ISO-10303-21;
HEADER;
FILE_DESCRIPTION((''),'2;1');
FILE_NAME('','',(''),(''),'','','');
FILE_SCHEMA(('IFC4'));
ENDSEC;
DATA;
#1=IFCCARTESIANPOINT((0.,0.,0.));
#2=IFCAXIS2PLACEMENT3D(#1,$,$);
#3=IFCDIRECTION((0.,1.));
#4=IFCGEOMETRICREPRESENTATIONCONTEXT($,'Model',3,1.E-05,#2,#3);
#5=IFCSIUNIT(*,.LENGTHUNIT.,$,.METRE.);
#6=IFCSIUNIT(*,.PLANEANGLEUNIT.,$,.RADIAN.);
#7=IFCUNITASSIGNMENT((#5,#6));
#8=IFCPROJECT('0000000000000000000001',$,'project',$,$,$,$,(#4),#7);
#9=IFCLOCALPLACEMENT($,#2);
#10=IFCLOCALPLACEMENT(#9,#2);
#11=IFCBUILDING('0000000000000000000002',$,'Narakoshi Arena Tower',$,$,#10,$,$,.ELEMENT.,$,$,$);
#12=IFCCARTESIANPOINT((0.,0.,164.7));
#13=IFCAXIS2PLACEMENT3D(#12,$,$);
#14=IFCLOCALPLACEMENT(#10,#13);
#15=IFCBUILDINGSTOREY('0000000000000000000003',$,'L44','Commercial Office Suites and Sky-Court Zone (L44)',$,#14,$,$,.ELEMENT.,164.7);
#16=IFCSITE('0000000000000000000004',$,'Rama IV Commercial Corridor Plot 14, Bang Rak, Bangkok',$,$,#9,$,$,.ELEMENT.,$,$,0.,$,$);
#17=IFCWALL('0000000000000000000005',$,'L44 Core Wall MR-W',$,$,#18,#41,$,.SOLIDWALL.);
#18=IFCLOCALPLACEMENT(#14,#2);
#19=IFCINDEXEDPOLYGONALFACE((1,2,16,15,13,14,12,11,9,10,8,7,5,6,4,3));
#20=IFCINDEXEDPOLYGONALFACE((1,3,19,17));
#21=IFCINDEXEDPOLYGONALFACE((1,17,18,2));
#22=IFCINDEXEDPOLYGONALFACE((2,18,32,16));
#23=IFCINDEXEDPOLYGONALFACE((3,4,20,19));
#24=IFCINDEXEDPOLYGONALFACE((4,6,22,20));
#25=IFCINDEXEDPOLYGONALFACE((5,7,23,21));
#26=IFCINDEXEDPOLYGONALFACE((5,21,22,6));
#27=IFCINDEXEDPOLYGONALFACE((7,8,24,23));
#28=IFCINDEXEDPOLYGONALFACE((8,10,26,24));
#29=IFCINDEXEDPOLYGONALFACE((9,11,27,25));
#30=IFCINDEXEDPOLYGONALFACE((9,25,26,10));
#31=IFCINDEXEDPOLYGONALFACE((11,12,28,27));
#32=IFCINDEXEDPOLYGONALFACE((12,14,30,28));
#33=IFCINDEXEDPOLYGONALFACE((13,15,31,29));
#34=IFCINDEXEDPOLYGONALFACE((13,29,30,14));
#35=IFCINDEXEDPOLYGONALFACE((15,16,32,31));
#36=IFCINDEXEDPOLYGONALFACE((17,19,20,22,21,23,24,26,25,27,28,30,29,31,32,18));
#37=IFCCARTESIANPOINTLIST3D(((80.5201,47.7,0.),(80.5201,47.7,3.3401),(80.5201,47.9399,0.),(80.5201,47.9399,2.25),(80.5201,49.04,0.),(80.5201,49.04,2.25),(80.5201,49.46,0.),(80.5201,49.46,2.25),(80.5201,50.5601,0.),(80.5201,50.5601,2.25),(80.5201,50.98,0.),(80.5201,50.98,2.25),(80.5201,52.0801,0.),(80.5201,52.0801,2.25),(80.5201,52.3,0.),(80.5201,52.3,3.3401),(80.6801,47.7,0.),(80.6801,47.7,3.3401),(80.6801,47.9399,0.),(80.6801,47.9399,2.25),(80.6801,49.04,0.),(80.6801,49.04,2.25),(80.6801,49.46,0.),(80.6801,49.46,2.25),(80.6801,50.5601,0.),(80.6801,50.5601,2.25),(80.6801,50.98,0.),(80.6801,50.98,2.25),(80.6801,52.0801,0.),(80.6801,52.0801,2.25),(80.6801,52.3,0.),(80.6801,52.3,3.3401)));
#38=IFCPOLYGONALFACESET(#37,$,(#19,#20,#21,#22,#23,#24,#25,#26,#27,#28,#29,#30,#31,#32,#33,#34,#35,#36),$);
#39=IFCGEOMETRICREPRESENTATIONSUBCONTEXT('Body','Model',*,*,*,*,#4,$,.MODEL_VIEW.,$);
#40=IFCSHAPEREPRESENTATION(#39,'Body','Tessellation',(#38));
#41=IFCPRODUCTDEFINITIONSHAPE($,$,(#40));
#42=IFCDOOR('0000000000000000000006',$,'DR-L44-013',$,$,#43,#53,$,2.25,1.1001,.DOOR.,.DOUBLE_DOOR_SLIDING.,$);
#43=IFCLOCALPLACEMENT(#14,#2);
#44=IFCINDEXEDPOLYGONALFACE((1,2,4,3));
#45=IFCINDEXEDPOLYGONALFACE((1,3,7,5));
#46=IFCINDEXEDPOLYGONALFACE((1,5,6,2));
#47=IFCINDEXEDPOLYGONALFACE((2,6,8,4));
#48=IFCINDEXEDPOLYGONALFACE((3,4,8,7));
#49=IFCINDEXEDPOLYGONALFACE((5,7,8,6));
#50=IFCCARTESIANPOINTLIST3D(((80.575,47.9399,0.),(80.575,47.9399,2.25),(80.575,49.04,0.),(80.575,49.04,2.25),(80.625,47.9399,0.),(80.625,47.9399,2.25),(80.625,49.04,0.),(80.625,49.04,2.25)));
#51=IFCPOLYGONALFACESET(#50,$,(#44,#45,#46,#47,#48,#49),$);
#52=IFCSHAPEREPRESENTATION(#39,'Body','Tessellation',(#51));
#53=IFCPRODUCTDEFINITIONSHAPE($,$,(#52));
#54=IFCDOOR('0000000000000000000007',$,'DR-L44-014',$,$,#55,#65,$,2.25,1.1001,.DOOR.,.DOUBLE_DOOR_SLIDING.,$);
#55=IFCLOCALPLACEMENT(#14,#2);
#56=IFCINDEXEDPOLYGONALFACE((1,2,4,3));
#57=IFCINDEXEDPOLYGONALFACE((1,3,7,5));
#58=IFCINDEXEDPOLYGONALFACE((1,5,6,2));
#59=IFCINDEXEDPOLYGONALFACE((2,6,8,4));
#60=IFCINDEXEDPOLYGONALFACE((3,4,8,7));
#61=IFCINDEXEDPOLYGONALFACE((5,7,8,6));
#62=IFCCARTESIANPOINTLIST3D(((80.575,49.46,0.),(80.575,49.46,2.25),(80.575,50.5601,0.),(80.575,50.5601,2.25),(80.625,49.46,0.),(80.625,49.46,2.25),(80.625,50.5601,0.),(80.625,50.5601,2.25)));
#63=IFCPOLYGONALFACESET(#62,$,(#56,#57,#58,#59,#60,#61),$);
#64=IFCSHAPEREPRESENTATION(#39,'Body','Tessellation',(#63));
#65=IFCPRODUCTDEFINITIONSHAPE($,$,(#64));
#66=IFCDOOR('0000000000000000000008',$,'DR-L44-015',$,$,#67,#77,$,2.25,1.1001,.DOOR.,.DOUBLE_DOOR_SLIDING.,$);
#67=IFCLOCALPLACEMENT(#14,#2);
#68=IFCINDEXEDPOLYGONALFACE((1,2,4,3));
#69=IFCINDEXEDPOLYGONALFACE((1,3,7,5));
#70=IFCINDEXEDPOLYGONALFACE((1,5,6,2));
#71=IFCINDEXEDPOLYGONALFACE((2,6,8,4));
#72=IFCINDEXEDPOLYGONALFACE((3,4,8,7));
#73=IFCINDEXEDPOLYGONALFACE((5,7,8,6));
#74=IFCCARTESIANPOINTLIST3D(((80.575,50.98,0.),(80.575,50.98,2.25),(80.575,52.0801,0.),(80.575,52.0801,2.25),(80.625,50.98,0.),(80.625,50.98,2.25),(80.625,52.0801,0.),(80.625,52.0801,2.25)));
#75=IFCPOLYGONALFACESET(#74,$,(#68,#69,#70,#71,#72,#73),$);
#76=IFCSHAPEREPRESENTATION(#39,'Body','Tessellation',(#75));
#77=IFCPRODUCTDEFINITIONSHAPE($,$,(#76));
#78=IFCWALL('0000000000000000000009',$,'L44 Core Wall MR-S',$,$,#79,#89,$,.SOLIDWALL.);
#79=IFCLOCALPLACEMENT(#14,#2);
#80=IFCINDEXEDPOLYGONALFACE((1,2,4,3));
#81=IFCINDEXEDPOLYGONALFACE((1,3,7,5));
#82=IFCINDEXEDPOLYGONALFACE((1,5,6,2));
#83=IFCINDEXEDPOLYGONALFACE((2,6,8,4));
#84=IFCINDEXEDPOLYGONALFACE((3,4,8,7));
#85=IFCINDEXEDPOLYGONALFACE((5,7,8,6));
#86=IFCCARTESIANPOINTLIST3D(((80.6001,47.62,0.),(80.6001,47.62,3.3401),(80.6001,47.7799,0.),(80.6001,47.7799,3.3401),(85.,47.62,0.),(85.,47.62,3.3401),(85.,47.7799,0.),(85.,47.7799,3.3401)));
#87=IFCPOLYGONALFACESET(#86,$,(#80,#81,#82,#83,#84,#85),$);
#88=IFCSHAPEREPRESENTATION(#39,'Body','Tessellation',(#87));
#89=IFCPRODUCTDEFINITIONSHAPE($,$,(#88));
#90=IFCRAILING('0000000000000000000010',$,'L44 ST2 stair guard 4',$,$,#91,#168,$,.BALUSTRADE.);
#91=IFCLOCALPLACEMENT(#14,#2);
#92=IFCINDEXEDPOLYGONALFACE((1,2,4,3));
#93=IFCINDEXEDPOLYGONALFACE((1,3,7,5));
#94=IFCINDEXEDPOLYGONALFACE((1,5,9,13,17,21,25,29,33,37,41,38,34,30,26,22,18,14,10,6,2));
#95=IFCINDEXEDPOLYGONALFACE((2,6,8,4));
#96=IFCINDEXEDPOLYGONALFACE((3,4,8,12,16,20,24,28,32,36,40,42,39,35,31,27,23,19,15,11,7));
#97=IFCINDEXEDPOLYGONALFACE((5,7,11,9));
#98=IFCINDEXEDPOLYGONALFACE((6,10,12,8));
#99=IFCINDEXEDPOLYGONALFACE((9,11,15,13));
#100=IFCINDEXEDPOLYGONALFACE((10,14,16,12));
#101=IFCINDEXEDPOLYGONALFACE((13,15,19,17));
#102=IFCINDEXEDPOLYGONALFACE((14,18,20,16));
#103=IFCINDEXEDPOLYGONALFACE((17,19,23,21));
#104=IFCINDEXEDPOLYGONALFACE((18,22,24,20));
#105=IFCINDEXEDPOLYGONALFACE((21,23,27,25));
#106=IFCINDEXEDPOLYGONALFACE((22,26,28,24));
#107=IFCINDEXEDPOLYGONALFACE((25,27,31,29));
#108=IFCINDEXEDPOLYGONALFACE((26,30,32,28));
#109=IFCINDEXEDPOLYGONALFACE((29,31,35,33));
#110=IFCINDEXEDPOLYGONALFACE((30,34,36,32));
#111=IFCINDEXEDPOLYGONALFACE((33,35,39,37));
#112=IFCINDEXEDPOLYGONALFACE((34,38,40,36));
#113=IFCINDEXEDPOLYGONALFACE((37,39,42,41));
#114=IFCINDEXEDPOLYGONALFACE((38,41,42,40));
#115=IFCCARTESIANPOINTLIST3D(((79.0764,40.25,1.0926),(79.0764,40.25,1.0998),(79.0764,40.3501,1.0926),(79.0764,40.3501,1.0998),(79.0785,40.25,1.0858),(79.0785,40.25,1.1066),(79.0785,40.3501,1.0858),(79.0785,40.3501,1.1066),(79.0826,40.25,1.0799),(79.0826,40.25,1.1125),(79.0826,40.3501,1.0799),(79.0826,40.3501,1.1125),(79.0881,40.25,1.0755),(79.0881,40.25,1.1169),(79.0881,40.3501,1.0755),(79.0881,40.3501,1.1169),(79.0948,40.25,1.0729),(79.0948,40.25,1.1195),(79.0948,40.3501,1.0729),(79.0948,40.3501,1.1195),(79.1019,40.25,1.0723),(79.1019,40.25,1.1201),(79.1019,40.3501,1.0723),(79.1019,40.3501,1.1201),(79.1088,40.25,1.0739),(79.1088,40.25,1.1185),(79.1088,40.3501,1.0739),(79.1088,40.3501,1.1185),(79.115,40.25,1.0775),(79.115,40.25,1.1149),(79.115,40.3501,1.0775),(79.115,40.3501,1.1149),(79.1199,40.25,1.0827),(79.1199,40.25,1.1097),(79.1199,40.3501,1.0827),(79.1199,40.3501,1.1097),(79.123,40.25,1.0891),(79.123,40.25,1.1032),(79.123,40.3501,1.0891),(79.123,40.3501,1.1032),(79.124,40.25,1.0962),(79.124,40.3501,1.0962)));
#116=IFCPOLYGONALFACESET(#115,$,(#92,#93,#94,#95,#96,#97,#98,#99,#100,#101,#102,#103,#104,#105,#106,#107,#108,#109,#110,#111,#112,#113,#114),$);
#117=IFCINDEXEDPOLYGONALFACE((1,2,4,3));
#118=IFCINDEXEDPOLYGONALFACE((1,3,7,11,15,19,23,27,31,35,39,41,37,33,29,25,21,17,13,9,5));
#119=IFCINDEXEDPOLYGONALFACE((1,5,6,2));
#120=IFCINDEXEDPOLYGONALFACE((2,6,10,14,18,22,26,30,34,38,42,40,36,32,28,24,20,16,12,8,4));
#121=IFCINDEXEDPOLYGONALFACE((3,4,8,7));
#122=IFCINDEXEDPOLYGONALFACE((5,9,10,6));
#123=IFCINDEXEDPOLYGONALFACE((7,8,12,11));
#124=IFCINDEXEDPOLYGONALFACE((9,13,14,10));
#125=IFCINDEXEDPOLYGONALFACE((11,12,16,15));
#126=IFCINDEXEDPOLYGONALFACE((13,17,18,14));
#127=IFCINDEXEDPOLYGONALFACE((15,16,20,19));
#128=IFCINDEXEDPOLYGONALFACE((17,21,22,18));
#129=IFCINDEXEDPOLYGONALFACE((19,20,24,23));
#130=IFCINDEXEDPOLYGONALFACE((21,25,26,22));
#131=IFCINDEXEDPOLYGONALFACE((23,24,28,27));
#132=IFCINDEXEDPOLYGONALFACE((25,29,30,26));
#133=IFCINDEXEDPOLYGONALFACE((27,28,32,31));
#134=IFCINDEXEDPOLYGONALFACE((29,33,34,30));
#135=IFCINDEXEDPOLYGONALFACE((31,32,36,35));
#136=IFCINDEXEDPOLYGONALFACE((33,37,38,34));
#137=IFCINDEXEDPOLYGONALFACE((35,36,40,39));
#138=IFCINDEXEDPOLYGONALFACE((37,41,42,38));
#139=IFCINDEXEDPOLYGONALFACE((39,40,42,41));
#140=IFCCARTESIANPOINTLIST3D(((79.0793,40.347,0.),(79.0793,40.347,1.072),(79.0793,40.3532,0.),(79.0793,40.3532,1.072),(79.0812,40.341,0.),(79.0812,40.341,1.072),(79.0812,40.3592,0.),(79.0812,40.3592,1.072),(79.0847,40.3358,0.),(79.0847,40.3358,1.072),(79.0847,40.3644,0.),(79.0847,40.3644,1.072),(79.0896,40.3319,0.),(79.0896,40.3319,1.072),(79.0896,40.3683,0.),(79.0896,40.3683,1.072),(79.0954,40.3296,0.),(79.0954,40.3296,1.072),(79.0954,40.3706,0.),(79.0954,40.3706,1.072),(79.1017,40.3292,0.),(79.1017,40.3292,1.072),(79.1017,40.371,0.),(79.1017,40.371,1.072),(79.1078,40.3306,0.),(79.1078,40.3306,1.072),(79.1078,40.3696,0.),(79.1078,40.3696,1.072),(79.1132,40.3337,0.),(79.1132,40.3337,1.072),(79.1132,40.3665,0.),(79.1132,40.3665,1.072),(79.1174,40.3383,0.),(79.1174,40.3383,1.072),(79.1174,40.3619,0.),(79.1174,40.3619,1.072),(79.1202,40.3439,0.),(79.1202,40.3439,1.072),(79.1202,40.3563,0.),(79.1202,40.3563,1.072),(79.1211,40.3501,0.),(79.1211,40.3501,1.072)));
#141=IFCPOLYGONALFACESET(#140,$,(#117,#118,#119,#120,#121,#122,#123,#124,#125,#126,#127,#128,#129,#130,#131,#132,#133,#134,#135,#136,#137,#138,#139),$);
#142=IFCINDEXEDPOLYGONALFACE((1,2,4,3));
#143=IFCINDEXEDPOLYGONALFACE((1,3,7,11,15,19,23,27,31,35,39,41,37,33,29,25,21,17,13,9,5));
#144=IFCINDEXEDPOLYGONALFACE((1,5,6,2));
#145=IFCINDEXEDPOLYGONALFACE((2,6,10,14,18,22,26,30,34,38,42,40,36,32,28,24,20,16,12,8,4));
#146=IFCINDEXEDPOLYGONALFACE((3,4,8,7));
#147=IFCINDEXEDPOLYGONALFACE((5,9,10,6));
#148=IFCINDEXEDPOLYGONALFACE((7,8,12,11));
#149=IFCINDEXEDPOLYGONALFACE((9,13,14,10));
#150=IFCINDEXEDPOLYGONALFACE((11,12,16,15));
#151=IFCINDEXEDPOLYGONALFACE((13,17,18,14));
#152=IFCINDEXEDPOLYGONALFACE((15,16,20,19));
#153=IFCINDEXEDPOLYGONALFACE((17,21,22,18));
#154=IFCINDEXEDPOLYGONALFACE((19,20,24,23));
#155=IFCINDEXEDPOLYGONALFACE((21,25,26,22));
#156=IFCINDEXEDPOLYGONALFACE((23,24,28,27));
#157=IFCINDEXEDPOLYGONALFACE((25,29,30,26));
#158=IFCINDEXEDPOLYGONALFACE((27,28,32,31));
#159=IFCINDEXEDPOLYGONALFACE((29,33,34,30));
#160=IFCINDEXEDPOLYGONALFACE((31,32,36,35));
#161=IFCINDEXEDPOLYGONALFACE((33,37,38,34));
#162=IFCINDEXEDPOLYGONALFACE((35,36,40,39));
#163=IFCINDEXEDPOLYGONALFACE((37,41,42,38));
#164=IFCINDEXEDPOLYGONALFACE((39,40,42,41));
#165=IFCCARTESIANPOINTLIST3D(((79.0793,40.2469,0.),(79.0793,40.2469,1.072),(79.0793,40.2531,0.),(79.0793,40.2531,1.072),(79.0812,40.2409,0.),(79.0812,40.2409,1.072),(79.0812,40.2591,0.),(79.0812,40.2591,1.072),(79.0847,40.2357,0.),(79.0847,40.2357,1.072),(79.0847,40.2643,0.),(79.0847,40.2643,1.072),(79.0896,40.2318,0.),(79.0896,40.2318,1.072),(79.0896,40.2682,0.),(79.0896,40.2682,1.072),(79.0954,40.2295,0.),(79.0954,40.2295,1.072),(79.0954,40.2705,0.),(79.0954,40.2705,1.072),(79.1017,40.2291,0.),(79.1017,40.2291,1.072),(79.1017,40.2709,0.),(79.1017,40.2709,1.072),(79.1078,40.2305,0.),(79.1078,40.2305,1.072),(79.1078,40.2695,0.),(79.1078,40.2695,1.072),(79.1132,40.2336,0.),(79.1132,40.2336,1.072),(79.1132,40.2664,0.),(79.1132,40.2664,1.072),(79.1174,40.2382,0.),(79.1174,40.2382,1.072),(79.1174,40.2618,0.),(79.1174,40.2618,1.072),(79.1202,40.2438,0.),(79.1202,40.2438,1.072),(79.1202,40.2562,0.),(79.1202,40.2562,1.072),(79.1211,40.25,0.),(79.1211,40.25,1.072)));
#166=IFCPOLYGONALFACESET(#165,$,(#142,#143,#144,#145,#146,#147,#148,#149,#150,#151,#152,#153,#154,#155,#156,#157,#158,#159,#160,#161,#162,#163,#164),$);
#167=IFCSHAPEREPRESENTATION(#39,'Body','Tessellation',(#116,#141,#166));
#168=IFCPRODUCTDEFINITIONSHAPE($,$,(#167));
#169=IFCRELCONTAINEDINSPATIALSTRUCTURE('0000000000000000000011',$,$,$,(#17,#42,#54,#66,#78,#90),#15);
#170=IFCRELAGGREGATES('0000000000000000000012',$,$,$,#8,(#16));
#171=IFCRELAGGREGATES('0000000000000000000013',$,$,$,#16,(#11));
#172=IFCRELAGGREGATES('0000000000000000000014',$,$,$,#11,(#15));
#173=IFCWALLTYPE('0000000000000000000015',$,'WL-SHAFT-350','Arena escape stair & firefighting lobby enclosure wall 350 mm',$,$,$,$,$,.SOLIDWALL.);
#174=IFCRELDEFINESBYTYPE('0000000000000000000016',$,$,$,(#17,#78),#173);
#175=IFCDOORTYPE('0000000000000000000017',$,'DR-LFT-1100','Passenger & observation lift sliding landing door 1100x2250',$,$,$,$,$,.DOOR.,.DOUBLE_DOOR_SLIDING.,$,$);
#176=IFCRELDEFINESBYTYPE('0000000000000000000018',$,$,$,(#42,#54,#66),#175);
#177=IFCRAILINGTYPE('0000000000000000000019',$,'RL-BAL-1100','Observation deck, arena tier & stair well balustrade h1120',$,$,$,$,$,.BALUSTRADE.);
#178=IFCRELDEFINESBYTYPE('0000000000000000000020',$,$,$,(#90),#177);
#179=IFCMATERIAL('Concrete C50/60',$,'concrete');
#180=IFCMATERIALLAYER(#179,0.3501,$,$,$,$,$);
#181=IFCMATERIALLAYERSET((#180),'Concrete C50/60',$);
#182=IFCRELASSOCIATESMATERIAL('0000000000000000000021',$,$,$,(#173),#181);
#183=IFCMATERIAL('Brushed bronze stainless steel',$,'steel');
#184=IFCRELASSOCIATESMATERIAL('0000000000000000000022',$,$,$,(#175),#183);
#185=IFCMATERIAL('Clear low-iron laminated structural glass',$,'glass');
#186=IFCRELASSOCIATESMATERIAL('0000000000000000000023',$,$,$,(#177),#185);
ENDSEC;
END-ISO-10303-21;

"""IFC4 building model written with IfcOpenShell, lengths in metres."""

from ifc_helpers import new_model, si_unit, direction, frame, frame_2d, origin, origin_2d, place, context, subcontext, project, spatial, rectangle, circle, extrude, material, layer, layer_set, type_object, element, fill, save


model = new_model("IFC4")

# Units and contexts
model_context = context("Model", 3, precision=1e-05, world=origin(), true_north=direction((0.0, 1.0)))
body_context = subcontext(model_context, "Body", "Model", "MODEL_VIEW")
ifc_project = project(units=[si_unit("LENGTHUNIT", "METRE"), si_unit("PLANEANGLEUNIT", "RADIAN")], contexts=[model_context])

# Site, building, storey
site_placement = place(None, origin())
site = spatial("IfcSite", under=ifc_project, at=site_placement, Name="Rama IV Commercial Corridor Plot 14, Bang Rak, Bangkok", CompositionType="ELEMENT", RefElevation=0.0)
building_placement = place(site_placement, origin())
building = spatial("IfcBuilding", under=site, at=building_placement, Name="Narakoshi Arena Tower", CompositionType="ELEMENT")
storey_placement = place(building_placement, frame((0.0, 0.0, 164.7)))
storey = spatial("IfcBuildingStorey", under=building, at=storey_placement, Name="L44", Description="Commercial Office Suites and Sky-Court Zone (L44)", CompositionType="ELEMENT", Elevation=164.7)

# Shared definitions
ifc_material_1 = material(Name="Concrete C50/60", Category="concrete")
ifc_layer_1 = layer(ifc_material_1, 0.3501)
ifc_layer_set_1 = layer_set([ifc_layer_1], Name="Concrete C50/60")
wall_type_1 = type_object("IfcWallType", Name="WL-SHAFT-350", Description="Arena escape stair & firefighting lobby enclosure wall 350 mm", PredefinedType="SOLIDWALL", material=ifc_layer_set_1)

# Shared definitions
ifc_material_2 = material(Name="Brushed bronze stainless steel", Category="steel")

# Wall, openings, doors
wall_1_placement = place(storey_placement, frame((80.6001, 47.7, 0.0), z_axis=(0.0, 0.0, 1.0), x_axis=(0.0, 1.0, 0.0)))
wall_1 = element("IfcWall", 1, at=wall_1_placement, inside=storey, type_object=wall_type_1, Name="L44 Core Wall MR-W", PredefinedType="SOLIDWALL", context=body_context, shape_type="SweptSolid", body=[
    extrude(rectangle(XDim=4.6001, YDim=0.1599, at=frame_2d((2.3, 0.0))), origin(), (0.0, 0.0, 1.0), 3.3401),
])
opening_1_placement = place(wall_1_placement, frame((0.24, 0.0, 0.0)))
opening_1 = element("IfcOpeningElement", 2, at=opening_1_placement, cuts=wall_1, PredefinedType="OPENING", context=body_context, shape_type="SweptSolid", body=[
    extrude(rectangle(XDim=1.1001, YDim=2.25, at=frame_2d((0.55, 1.125))), frame((0.0, 0.0898, 0.0), z_axis=(0.0, -1.0, 0.0), x_axis=(1.0, 0.0, 0.0)), (0.0, 0.0, 1.0), 0.1799),
])
opening_2_placement = place(wall_1_placement, frame((1.76, 0.0, 0.0)))
opening_2 = element("IfcOpeningElement", 3, at=opening_2_placement, cuts=wall_1, PredefinedType="OPENING", context=body_context, shape_type="SweptSolid", body=[
    extrude(rectangle(XDim=1.1001, YDim=2.25, at=frame_2d((0.55, 1.125))), frame((0.0, 0.0898, 0.0), z_axis=(0.0, -1.0, 0.0), x_axis=(1.0, 0.0, 0.0)), (0.0, 0.0, 1.0), 0.1799),
])
opening_3_placement = place(wall_1_placement, frame((3.28, 0.0, 0.0)))
opening_3 = element("IfcOpeningElement", 4, at=opening_3_placement, cuts=wall_1, PredefinedType="OPENING", context=body_context, shape_type="SweptSolid", body=[
    extrude(rectangle(XDim=1.1001, YDim=2.25, at=frame_2d((0.55, 1.125))), frame((0.0, 0.0898, 0.0), z_axis=(0.0, -1.0, 0.0), x_axis=(1.0, 0.0, 0.0)), (0.0, 0.0, 1.0), 0.1799),
])
door_type_1 = type_object("IfcDoorType", Name="DR-LFT-1100", Description="Passenger & observation lift sliding landing door 1100x2250", OperationType="DOUBLE_DOOR_SLIDING", PredefinedType="DOOR", material=ifc_material_2)
door_1_placement = place(opening_1_placement, frame((1.1001, 0.0, 0.0), z_axis=(0.0, 0.0, 1.0), x_axis=(-1.0, 0.0, 0.0)))
door_1 = element("IfcDoor", 5, at=door_1_placement, inside=storey, type_object=door_type_1, Name="DR-L44-013", OperationType="DOUBLE_DOOR_SLIDING", OverallHeight=2.25, OverallWidth=1.1001, PredefinedType="DOOR", context=body_context, shape_type="SweptSolid", body=[
    extrude(rectangle(XDim=1.1001, YDim=2.25, at=frame_2d((0.55, 1.125))), frame((0.0, 0.0249, 0.0), z_axis=(0.0, -1.0, 0.0), x_axis=(1.0, 0.0, 0.0)), (0.0, 0.0, 1.0), 0.05),
])
fill(opening_1, door_1)
door_2_placement = place(opening_2_placement, frame((1.1001, 0.0, 0.0), z_axis=(0.0, 0.0, 1.0), x_axis=(-1.0, 0.0, 0.0)))
door_2 = element("IfcDoor", 6, at=door_2_placement, inside=storey, type_object=door_type_1, Name="DR-L44-014", OperationType="DOUBLE_DOOR_SLIDING", OverallHeight=2.25, OverallWidth=1.1001, PredefinedType="DOOR", context=body_context, shape_type="SweptSolid", body=[
    extrude(rectangle(XDim=1.1001, YDim=2.25, at=frame_2d((0.55, 1.125))), frame((0.0, 0.0249, 0.0), z_axis=(0.0, -1.0, 0.0), x_axis=(1.0, 0.0, 0.0)), (0.0, 0.0, 1.0), 0.05),
])
fill(opening_2, door_2)
door_3_placement = place(opening_3_placement, frame((1.1001, 0.0, 0.0), z_axis=(0.0, 0.0, 1.0), x_axis=(-1.0, 0.0, 0.0)))
door_3 = element("IfcDoor", 7, at=door_3_placement, inside=storey, type_object=door_type_1, Name="DR-L44-015", OperationType="DOUBLE_DOOR_SLIDING", OverallHeight=2.25, OverallWidth=1.1001, PredefinedType="DOOR", context=body_context, shape_type="SweptSolid", body=[
    extrude(rectangle(XDim=1.1001, YDim=2.25, at=frame_2d((0.55, 1.125))), frame((0.0, 0.0249, 0.0), z_axis=(0.0, -1.0, 0.0), x_axis=(1.0, 0.0, 0.0)), (0.0, 0.0, 1.0), 0.05),
])
fill(opening_3, door_3)

# Wall
wall_2_placement = place(storey_placement, frame((80.6001, 47.7, 0.0), z_axis=(0.0, 0.0, 1.0), x_axis=(1.0, 0.0, 0.0)))
element("IfcWall", 8, at=wall_2_placement, inside=storey, type_object=wall_type_1, Name="L44 Core Wall MR-S", PredefinedType="SOLIDWALL", context=body_context, shape_type="SweptSolid", body=[
    extrude(rectangle(XDim=4.3999, YDim=0.1599, at=frame_2d((2.2, 0.0))), origin(), (0.0, 0.0, 1.0), 3.3401),
])

# Railing
ifc_material_3 = material(Name="Clear low-iron laminated structural glass", Category="glass")
railing_type = type_object("IfcRailingType", Name="RL-BAL-1100", Description="Observation deck, arena tier & stair well balustrade h1120", PredefinedType="BALUSTRADE", material=ifc_material_3)
railing_placement = place(storey_placement, frame((79.1001, 40.3501, 0.0)))
element("IfcRailing", 9, at=railing_placement, inside=storey, type_object=railing_type, Name="L44 ST2 stair guard 4", PredefinedType="BALUSTRADE", context=body_context, shape_type="SweptSolid", body=[
    extrude(circle(Radius=0.0239, at=origin_2d()), frame((0.0, 0.0, 1.0962), z_axis=(0.0, -1.0, 0.0), x_axis=(1.0, 0.0, 0.0)), (0.0, 0.0, 1.0), 0.1001),
    extrude(circle(Radius=0.021, at=origin_2d()), origin(), (0.0, 0.0, 1.0), 1.072),
    extrude(circle(Radius=0.021, at=origin_2d()), frame((0.0, -0.1001, 0.0)), (0.0, 0.0, 1.0), 1.072),
])

save(model, "model.ifc")
